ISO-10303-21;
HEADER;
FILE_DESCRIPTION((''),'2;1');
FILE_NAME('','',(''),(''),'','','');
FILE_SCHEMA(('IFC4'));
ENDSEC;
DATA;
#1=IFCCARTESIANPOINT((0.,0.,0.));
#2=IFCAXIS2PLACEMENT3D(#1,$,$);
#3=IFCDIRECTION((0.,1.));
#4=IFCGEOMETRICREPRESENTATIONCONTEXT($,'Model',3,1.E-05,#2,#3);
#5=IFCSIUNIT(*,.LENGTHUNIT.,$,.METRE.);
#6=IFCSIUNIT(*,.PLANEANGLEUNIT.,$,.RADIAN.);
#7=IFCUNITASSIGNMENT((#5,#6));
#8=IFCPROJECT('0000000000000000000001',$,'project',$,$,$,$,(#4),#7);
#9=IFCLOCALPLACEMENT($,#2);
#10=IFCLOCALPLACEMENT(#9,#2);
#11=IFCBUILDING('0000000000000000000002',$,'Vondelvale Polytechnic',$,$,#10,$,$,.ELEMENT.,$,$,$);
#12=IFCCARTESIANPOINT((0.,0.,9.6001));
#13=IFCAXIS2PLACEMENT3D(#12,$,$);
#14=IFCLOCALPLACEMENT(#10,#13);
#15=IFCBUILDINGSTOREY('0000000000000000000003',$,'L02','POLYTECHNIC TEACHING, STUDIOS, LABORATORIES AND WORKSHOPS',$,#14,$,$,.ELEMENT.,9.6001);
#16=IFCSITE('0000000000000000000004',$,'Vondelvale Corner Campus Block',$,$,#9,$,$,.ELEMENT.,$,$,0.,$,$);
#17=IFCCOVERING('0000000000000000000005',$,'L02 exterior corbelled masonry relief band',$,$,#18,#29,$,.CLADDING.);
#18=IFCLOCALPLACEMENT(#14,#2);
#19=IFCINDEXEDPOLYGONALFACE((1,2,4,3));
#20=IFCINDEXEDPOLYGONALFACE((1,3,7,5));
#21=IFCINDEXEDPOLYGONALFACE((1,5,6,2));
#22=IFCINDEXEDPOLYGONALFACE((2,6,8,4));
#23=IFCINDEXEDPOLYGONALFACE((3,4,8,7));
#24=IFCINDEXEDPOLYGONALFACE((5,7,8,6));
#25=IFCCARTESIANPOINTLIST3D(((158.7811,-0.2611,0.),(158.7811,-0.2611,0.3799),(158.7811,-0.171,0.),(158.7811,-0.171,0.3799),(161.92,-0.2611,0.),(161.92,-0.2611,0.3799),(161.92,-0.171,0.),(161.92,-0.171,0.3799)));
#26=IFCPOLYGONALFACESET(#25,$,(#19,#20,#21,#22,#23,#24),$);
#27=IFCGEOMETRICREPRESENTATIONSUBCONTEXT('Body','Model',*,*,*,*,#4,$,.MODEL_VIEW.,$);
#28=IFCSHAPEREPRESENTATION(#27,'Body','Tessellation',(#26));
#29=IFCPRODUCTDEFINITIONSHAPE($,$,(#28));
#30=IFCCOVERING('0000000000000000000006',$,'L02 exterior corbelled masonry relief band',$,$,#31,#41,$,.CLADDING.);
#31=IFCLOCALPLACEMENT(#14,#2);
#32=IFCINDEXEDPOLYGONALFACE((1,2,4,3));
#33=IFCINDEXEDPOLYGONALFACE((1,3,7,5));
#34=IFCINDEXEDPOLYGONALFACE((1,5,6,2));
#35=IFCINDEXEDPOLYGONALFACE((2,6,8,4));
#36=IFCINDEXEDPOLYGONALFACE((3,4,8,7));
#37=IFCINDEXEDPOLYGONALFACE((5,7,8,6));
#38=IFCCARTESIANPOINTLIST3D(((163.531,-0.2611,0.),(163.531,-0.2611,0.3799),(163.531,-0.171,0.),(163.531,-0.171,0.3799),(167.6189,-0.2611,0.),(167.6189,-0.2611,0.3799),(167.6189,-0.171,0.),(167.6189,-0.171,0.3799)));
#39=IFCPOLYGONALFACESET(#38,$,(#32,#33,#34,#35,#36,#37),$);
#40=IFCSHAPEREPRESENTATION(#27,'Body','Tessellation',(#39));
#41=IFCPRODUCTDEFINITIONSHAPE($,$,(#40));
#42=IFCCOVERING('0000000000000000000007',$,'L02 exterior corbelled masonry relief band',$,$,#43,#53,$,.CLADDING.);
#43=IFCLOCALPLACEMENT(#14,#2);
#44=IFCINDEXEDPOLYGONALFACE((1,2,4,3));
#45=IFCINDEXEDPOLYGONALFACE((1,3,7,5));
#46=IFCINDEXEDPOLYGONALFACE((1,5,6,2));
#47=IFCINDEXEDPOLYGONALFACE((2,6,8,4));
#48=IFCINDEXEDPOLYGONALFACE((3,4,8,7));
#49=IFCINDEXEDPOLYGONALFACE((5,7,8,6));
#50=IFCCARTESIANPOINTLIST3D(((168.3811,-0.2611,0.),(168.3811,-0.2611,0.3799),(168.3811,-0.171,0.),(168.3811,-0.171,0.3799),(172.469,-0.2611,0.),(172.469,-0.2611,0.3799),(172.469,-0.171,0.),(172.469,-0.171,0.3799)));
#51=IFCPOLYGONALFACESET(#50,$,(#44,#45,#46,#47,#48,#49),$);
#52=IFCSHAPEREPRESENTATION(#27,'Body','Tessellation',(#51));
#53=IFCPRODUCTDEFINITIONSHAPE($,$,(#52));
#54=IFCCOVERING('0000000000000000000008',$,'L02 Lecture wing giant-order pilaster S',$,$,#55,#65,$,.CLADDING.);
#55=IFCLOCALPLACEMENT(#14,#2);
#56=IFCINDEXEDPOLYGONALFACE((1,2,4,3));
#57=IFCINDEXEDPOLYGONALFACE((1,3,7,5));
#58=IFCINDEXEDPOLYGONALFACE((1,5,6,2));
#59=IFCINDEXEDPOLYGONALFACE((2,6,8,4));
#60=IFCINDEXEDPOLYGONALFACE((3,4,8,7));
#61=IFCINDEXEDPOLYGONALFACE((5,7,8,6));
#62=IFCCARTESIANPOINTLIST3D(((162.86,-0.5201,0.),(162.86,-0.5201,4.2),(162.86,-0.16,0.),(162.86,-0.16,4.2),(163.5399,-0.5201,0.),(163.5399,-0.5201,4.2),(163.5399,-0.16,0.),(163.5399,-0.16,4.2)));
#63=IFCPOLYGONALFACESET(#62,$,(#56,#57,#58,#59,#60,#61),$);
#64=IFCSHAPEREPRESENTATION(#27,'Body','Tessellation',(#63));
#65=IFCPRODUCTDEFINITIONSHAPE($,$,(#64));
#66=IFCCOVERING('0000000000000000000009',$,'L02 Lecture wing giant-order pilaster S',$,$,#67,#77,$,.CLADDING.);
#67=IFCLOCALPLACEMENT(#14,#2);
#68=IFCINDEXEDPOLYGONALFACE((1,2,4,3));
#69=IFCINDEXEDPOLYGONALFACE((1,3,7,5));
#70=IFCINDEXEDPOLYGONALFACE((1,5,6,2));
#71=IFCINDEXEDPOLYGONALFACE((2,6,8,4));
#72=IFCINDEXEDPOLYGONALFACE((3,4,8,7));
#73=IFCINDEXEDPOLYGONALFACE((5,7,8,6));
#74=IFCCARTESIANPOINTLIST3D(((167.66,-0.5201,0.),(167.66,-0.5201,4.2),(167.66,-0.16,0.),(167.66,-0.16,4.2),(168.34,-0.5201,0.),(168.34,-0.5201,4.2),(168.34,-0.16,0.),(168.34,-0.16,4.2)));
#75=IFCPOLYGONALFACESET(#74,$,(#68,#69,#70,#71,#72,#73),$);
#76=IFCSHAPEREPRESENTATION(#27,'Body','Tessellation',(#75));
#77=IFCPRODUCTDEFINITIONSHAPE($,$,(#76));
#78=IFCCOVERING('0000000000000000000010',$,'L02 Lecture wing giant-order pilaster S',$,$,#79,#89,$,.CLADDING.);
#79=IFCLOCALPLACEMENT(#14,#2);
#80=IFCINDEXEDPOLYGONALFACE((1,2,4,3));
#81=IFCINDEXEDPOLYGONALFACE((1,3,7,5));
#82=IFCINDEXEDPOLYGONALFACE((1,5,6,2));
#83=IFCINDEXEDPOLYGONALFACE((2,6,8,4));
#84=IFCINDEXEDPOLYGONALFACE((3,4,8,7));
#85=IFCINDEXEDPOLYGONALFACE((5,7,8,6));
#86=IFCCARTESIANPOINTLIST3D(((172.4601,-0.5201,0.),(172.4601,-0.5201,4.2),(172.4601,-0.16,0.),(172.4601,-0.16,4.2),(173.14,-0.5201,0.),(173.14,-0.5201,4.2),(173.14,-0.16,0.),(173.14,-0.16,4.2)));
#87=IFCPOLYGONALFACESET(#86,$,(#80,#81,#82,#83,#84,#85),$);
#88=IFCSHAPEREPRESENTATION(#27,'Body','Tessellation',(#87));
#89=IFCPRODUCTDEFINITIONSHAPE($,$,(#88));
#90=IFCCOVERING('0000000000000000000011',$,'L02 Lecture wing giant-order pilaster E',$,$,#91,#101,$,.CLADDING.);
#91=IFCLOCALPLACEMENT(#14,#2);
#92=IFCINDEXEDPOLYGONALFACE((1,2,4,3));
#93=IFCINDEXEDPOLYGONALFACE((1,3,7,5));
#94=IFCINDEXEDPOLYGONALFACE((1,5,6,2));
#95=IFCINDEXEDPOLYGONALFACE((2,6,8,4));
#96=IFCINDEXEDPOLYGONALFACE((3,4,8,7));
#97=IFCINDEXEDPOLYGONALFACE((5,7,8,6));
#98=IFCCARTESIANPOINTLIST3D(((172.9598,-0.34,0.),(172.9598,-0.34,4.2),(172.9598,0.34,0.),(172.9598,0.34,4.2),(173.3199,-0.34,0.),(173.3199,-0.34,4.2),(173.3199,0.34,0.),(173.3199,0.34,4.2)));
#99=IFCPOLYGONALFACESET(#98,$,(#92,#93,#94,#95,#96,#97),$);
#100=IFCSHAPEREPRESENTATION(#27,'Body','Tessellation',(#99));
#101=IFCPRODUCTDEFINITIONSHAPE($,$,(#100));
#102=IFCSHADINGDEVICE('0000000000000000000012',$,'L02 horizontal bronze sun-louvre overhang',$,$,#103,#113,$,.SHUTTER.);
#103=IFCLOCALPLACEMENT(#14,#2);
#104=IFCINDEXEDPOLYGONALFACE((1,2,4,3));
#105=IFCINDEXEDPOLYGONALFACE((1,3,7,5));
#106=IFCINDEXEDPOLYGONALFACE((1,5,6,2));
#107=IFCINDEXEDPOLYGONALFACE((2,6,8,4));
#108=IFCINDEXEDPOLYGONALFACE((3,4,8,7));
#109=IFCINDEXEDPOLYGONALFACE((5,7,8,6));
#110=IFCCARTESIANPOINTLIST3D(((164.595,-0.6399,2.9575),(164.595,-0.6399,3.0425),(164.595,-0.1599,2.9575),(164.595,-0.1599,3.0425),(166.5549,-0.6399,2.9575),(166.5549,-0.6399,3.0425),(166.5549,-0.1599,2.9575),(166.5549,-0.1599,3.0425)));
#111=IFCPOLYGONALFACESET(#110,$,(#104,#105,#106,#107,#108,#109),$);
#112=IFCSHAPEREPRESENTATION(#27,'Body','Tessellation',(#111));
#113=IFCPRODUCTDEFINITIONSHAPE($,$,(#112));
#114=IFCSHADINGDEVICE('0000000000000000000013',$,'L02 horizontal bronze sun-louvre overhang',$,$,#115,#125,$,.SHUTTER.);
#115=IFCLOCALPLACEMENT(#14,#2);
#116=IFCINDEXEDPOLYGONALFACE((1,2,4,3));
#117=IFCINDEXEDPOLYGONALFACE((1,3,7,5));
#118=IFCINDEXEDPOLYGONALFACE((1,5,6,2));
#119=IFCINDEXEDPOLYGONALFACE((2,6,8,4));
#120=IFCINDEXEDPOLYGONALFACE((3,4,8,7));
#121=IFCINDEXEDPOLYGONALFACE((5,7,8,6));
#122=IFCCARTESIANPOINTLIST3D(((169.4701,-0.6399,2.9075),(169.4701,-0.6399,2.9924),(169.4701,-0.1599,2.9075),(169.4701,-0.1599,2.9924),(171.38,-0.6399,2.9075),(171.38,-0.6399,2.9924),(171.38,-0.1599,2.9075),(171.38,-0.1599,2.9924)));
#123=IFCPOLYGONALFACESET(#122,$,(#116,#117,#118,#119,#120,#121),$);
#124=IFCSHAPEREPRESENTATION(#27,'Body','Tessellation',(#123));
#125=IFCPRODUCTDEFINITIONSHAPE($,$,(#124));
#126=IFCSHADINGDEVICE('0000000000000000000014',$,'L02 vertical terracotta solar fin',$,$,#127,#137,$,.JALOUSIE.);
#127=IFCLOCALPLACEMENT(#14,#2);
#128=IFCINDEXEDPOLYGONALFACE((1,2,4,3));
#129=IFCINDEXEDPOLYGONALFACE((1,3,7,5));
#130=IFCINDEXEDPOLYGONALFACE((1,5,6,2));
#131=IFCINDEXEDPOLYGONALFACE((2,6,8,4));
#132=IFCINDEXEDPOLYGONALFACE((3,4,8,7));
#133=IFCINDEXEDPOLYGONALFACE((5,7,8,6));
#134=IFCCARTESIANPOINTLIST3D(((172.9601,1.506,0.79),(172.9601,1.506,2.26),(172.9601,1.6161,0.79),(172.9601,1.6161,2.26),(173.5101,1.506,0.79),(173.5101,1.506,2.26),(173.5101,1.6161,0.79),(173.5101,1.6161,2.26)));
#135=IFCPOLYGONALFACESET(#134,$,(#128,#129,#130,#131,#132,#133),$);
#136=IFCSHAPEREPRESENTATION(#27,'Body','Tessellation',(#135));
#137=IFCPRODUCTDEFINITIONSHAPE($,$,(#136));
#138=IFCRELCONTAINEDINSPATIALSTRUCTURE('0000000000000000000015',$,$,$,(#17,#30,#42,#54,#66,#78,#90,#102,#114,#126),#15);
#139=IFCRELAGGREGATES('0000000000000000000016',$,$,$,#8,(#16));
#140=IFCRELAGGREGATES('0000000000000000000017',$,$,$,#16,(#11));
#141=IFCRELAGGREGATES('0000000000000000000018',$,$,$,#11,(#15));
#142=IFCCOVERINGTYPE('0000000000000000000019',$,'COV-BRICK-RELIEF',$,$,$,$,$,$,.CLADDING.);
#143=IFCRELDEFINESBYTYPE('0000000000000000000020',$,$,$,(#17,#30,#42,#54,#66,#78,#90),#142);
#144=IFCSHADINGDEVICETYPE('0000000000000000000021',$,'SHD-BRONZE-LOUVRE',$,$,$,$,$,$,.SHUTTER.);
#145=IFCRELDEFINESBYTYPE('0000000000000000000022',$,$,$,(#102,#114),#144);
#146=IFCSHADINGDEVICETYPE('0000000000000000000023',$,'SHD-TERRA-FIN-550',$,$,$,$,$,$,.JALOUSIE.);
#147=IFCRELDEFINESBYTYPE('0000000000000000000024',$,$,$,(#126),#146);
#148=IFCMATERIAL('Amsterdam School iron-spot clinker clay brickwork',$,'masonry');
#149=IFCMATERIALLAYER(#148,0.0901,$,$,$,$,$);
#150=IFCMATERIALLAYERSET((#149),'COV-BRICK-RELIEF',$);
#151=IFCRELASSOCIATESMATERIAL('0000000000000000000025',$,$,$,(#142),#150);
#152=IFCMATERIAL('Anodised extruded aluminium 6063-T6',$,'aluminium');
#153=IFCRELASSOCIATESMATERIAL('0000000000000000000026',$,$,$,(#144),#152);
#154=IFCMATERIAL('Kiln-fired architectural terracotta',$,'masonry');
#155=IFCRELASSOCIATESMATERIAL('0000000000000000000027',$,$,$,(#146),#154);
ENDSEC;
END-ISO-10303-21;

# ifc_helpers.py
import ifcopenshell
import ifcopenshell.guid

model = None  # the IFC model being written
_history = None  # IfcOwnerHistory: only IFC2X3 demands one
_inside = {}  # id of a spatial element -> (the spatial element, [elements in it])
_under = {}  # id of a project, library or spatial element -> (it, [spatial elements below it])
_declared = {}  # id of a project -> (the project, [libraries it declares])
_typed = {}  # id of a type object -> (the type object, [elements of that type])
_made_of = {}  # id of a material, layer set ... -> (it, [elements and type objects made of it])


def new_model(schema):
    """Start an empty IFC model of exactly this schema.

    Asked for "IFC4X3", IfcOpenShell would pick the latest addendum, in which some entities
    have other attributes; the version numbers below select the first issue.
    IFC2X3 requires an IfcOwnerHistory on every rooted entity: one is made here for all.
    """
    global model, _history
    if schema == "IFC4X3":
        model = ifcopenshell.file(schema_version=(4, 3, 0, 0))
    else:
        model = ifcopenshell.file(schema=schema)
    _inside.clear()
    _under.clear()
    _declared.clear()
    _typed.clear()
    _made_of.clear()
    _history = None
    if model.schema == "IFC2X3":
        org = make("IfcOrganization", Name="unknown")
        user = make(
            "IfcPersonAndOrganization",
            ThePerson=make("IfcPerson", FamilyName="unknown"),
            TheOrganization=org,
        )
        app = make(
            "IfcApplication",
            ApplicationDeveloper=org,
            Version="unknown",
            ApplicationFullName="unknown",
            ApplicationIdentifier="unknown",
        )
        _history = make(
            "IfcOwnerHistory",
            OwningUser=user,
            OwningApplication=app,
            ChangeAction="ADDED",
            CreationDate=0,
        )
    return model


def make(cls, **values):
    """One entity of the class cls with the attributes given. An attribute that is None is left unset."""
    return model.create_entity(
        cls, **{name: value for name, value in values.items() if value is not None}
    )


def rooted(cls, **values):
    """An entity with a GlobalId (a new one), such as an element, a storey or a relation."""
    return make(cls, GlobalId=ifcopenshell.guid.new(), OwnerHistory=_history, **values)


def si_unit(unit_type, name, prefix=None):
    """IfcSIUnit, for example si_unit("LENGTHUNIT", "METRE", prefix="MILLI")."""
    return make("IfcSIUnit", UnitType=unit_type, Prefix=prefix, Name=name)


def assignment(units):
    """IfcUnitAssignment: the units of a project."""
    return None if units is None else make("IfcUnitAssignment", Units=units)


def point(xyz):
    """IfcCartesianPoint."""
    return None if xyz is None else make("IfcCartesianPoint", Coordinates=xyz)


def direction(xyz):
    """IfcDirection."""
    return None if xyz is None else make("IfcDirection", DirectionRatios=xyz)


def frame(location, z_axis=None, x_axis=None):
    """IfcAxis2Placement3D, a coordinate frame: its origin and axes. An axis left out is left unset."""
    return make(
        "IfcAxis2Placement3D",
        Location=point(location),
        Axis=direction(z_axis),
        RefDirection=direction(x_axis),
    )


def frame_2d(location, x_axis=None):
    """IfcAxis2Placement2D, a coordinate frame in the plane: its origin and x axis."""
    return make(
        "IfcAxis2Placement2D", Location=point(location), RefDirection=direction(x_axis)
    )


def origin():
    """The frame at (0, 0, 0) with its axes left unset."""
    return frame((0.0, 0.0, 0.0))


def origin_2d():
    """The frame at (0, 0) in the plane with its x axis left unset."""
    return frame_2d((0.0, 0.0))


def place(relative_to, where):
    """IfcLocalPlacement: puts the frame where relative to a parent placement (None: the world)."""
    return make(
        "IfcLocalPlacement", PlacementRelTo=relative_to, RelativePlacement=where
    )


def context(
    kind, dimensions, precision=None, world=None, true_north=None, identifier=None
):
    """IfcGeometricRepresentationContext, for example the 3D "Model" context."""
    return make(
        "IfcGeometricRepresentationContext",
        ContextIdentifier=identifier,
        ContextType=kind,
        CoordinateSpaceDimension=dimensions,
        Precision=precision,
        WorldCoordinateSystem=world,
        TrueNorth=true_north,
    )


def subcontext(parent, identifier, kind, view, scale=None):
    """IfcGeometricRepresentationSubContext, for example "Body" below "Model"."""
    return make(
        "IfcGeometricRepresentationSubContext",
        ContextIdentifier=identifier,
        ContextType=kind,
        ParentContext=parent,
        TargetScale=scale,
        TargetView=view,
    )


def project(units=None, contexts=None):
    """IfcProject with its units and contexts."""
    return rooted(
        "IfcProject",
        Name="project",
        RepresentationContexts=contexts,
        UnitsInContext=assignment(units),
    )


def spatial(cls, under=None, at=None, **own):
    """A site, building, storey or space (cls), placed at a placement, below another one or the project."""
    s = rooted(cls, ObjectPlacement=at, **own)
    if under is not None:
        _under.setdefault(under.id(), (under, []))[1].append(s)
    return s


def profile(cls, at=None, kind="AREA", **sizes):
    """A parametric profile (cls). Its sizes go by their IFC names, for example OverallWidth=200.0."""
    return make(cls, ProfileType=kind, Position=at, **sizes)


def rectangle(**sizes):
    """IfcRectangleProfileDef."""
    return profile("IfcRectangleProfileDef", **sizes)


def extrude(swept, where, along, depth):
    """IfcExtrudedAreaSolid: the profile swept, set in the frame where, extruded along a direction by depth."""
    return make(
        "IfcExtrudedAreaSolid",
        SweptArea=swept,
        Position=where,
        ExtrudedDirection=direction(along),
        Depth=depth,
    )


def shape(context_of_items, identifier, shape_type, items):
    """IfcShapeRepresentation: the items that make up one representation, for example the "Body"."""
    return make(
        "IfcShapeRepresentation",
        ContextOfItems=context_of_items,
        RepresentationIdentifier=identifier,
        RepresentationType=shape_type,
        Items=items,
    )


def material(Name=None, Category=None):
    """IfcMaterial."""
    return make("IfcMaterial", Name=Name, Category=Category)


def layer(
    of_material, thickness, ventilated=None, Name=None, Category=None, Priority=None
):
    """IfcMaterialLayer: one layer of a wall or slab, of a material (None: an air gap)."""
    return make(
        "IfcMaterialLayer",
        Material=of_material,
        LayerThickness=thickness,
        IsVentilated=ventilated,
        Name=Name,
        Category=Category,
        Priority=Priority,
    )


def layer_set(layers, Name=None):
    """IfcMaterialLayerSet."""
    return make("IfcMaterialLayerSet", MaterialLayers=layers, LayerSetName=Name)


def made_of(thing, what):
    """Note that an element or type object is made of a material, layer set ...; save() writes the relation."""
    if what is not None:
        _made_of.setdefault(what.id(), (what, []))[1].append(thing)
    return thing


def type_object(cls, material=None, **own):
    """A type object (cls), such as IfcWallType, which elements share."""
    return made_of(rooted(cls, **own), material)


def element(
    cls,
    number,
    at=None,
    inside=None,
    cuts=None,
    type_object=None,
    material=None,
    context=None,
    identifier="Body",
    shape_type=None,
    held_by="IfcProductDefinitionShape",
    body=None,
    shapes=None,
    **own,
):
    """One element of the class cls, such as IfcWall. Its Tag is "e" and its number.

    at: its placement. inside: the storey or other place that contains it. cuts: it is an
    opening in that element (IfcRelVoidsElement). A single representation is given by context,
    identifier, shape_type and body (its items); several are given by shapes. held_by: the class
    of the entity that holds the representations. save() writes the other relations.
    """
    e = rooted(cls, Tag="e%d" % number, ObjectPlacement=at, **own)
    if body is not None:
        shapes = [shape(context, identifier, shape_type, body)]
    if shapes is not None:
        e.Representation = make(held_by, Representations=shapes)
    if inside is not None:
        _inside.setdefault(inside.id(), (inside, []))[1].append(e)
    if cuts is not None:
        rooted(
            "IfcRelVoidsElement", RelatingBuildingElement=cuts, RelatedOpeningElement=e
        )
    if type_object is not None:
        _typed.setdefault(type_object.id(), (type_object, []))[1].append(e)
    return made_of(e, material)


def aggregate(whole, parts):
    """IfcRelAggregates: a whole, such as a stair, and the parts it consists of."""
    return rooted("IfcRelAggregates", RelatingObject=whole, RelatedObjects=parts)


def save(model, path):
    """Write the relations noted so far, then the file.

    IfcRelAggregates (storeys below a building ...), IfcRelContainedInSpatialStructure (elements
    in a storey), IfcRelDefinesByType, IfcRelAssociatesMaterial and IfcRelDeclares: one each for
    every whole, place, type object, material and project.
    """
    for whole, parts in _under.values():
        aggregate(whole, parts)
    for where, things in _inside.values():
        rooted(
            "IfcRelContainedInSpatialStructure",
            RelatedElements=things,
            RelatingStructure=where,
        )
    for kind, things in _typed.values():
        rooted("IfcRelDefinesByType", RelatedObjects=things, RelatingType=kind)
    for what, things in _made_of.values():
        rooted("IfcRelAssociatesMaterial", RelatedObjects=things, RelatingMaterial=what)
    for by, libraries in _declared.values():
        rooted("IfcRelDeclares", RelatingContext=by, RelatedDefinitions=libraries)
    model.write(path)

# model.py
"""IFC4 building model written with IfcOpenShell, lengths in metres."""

from ifc_helpers import new_model, si_unit, direction, frame, origin, origin_2d, place, context, subcontext, project, spatial, rectangle, extrude, material, layer, layer_set, type_object, element, save


model = new_model("IFC4")

# Units and contexts
model_context = context("Model", 3, precision=1e-05, world=origin(), true_north=direction((0.0, 1.0)))
body_context = subcontext(model_context, "Body", "Model", "MODEL_VIEW")
ifc_project = project(units=[si_unit("LENGTHUNIT", "METRE"), si_unit("PLANEANGLEUNIT", "RADIAN")], contexts=[model_context])

# Site, building, storey
site_placement = place(None, origin())
site = spatial("IfcSite", under=ifc_project, at=site_placement, Name="Vondelvale Corner Campus Block", CompositionType="ELEMENT", RefElevation=0.0)
building_placement = place(site_placement, origin())
building = spatial("IfcBuilding", under=site, at=building_placement, Name="Vondelvale Polytechnic", CompositionType="ELEMENT")
storey_placement = place(building_placement, frame((0.0, 0.0, 9.6001)))
storey = spatial("IfcBuildingStorey", under=building, at=storey_placement, Name="L02", Description="POLYTECHNIC TEACHING, STUDIOS, LABORATORIES AND WORKSHOPS", CompositionType="ELEMENT", Elevation=9.6001)

# Shared definitions
ifc_material_1 = material(Name="Amsterdam School iron-spot clinker clay brickwork", Category="masonry")

# Coverings
ifc_layer_1 = layer(ifc_material_1, 0.0901)
ifc_layer_set_1 = layer_set([ifc_layer_1], Name="COV-BRICK-RELIEF")
covering_type = type_object("IfcCoveringType", Name="COV-BRICK-RELIEF", PredefinedType="CLADDING", material=ifc_layer_set_1)
covering_1_placement = place(storey_placement, frame((160.3506, -0.2161, 0.0), z_axis=(0.0, 0.0, 1.0), x_axis=(-1.0, 0.0, 0.0)))
element("IfcCovering", 1, at=covering_1_placement, inside=storey, type_object=covering_type, Name="L02 exterior corbelled masonry relief band", PredefinedType="CLADDING", context=body_context, shape_type="SweptSolid", body=[
    extrude(rectangle(XDim=3.1389, YDim=0.0901, at=origin_2d()), origin(), (0.0, 0.0, 1.0), 0.3799),
])
for number, where, z_axis, x_axis, name in (
    (2, (165.575, -0.2161, 0.0), (0.0, 0.0, 1.0), (-1.0, 0.0, 0.0), "L02 exterior corbelled masonry relief band"),
    (3, (170.425, -0.2161, 0.0), (0.0, 0.0, 1.0), (-1.0, 0.0, 0.0), "L02 exterior corbelled masonry relief band"),
):
    element("IfcCovering", number, at=place(storey_placement, frame(where, z_axis=z_axis, x_axis=x_axis)), inside=storey, type_object=covering_type, Name=name, PredefinedType="CLADDING", context=body_context, shape_type="SweptSolid", body=[
        extrude(rectangle(XDim=4.0879, YDim=0.0901, at=origin_2d()), origin(), (0.0, 0.0, 1.0), 0.3799),
    ])
for number, where, z_axis, x_axis, name in (
    (4, (163.2, -0.3401, 0.0), (0.0, 0.0, 1.0), (1.0, 0.0, 0.0), "L02 Lecture wing giant-order pilaster S"),
    (5, (168.0, -0.3401, 0.0), (0.0, 0.0, 1.0), (1.0, 0.0, 0.0), "L02 Lecture wing giant-order pilaster S"),
    (6, (172.8, -0.3401, 0.0), (0.0, 0.0, 1.0), (1.0, 0.0, 0.0), "L02 Lecture wing giant-order pilaster S"),
):
    element("IfcCovering", number, at=place(storey_placement, frame(where, z_axis=z_axis, x_axis=x_axis)), inside=storey, type_object=covering_type, Name=name, PredefinedType="CLADDING", context=body_context, shape_type="SweptSolid", body=[
        extrude(rectangle(XDim=0.6799, YDim=0.3601, at=origin_2d()), origin(), (0.0, 0.0, 1.0), 4.2),
    ])
covering_2_placement = place(storey_placement, frame((173.1399, 0.0, 0.0), z_axis=(0.0, 0.0, 1.0), x_axis=(1.0, 0.0, 0.0)))
element("IfcCovering", 7, at=covering_2_placement, inside=storey, type_object=covering_type, Name="L02 Lecture wing giant-order pilaster E", PredefinedType="CLADDING", context=body_context, shape_type="SweptSolid", body=[
    extrude(rectangle(XDim=0.3601, YDim=0.6799, at=origin_2d()), origin(), (0.0, 0.0, 1.0), 4.2),
])

# Shading devices
ifc_material_2 = material(Name="Anodised extruded aluminium 6063-T6", Category="aluminium")
shading_device_type_1 = type_object("IfcShadingDeviceType", Name="SHD-BRONZE-LOUVRE", PredefinedType="SHUTTER", material=ifc_material_2)
shading_device_1_placement = place(storey_placement, frame((165.575, -0.3999, 2.9575), z_axis=(0.0, 0.0, 1.0), x_axis=(-1.0, 0.0, 0.0)))
element("IfcShadingDevice", 8, at=shading_device_1_placement, inside=storey, type_object=shading_device_type_1, Name="L02 horizontal bronze sun-louvre overhang", PredefinedType="SHUTTER", context=body_context, shape_type="SweptSolid", body=[
    extrude(rectangle(XDim=1.96, YDim=0.48, at=origin_2d()), origin(), (0.0, 0.0, 1.0), 0.085),
])
shading_device_2_placement = place(storey_placement, frame((170.425, -0.3999, 2.9075), z_axis=(0.0, 0.0, 1.0), x_axis=(-1.0, 0.0, 0.0)))
element("IfcShadingDevice", 9, at=shading_device_2_placement, inside=storey, type_object=shading_device_type_1, Name="L02 horizontal bronze sun-louvre overhang", PredefinedType="SHUTTER", context=body_context, shape_type="SweptSolid", body=[
    extrude(rectangle(XDim=1.9099, YDim=0.48, at=origin_2d()), origin(), (0.0, 0.0, 1.0), 0.085),
])
ifc_material_3 = material(Name="Kiln-fired architectural terracotta", Category="masonry")
shading_device_type_2 = type_object("IfcShadingDeviceType", Name="SHD-TERRA-FIN-550", PredefinedType="JALOUSIE", material=ifc_material_3)
shading_device_3_placement = place(storey_placement, frame((173.2351, 1.561, 0.79), z_axis=(0.0, 0.0, 1.0), x_axis=(0.0, -1.0, 0.0)))
element("IfcShadingDevice", 10, at=shading_device_3_placement, inside=storey, type_object=shading_device_type_2, Name="L02 vertical terracotta solar fin", PredefinedType="JALOUSIE", context=body_context, shape_type="SweptSolid", body=[
    extrude(rectangle(XDim=0.1101, YDim=0.55, at=origin_2d()), origin(), (0.0, 0.0, 1.0), 1.47),
])

save(model, "model.ifc")
